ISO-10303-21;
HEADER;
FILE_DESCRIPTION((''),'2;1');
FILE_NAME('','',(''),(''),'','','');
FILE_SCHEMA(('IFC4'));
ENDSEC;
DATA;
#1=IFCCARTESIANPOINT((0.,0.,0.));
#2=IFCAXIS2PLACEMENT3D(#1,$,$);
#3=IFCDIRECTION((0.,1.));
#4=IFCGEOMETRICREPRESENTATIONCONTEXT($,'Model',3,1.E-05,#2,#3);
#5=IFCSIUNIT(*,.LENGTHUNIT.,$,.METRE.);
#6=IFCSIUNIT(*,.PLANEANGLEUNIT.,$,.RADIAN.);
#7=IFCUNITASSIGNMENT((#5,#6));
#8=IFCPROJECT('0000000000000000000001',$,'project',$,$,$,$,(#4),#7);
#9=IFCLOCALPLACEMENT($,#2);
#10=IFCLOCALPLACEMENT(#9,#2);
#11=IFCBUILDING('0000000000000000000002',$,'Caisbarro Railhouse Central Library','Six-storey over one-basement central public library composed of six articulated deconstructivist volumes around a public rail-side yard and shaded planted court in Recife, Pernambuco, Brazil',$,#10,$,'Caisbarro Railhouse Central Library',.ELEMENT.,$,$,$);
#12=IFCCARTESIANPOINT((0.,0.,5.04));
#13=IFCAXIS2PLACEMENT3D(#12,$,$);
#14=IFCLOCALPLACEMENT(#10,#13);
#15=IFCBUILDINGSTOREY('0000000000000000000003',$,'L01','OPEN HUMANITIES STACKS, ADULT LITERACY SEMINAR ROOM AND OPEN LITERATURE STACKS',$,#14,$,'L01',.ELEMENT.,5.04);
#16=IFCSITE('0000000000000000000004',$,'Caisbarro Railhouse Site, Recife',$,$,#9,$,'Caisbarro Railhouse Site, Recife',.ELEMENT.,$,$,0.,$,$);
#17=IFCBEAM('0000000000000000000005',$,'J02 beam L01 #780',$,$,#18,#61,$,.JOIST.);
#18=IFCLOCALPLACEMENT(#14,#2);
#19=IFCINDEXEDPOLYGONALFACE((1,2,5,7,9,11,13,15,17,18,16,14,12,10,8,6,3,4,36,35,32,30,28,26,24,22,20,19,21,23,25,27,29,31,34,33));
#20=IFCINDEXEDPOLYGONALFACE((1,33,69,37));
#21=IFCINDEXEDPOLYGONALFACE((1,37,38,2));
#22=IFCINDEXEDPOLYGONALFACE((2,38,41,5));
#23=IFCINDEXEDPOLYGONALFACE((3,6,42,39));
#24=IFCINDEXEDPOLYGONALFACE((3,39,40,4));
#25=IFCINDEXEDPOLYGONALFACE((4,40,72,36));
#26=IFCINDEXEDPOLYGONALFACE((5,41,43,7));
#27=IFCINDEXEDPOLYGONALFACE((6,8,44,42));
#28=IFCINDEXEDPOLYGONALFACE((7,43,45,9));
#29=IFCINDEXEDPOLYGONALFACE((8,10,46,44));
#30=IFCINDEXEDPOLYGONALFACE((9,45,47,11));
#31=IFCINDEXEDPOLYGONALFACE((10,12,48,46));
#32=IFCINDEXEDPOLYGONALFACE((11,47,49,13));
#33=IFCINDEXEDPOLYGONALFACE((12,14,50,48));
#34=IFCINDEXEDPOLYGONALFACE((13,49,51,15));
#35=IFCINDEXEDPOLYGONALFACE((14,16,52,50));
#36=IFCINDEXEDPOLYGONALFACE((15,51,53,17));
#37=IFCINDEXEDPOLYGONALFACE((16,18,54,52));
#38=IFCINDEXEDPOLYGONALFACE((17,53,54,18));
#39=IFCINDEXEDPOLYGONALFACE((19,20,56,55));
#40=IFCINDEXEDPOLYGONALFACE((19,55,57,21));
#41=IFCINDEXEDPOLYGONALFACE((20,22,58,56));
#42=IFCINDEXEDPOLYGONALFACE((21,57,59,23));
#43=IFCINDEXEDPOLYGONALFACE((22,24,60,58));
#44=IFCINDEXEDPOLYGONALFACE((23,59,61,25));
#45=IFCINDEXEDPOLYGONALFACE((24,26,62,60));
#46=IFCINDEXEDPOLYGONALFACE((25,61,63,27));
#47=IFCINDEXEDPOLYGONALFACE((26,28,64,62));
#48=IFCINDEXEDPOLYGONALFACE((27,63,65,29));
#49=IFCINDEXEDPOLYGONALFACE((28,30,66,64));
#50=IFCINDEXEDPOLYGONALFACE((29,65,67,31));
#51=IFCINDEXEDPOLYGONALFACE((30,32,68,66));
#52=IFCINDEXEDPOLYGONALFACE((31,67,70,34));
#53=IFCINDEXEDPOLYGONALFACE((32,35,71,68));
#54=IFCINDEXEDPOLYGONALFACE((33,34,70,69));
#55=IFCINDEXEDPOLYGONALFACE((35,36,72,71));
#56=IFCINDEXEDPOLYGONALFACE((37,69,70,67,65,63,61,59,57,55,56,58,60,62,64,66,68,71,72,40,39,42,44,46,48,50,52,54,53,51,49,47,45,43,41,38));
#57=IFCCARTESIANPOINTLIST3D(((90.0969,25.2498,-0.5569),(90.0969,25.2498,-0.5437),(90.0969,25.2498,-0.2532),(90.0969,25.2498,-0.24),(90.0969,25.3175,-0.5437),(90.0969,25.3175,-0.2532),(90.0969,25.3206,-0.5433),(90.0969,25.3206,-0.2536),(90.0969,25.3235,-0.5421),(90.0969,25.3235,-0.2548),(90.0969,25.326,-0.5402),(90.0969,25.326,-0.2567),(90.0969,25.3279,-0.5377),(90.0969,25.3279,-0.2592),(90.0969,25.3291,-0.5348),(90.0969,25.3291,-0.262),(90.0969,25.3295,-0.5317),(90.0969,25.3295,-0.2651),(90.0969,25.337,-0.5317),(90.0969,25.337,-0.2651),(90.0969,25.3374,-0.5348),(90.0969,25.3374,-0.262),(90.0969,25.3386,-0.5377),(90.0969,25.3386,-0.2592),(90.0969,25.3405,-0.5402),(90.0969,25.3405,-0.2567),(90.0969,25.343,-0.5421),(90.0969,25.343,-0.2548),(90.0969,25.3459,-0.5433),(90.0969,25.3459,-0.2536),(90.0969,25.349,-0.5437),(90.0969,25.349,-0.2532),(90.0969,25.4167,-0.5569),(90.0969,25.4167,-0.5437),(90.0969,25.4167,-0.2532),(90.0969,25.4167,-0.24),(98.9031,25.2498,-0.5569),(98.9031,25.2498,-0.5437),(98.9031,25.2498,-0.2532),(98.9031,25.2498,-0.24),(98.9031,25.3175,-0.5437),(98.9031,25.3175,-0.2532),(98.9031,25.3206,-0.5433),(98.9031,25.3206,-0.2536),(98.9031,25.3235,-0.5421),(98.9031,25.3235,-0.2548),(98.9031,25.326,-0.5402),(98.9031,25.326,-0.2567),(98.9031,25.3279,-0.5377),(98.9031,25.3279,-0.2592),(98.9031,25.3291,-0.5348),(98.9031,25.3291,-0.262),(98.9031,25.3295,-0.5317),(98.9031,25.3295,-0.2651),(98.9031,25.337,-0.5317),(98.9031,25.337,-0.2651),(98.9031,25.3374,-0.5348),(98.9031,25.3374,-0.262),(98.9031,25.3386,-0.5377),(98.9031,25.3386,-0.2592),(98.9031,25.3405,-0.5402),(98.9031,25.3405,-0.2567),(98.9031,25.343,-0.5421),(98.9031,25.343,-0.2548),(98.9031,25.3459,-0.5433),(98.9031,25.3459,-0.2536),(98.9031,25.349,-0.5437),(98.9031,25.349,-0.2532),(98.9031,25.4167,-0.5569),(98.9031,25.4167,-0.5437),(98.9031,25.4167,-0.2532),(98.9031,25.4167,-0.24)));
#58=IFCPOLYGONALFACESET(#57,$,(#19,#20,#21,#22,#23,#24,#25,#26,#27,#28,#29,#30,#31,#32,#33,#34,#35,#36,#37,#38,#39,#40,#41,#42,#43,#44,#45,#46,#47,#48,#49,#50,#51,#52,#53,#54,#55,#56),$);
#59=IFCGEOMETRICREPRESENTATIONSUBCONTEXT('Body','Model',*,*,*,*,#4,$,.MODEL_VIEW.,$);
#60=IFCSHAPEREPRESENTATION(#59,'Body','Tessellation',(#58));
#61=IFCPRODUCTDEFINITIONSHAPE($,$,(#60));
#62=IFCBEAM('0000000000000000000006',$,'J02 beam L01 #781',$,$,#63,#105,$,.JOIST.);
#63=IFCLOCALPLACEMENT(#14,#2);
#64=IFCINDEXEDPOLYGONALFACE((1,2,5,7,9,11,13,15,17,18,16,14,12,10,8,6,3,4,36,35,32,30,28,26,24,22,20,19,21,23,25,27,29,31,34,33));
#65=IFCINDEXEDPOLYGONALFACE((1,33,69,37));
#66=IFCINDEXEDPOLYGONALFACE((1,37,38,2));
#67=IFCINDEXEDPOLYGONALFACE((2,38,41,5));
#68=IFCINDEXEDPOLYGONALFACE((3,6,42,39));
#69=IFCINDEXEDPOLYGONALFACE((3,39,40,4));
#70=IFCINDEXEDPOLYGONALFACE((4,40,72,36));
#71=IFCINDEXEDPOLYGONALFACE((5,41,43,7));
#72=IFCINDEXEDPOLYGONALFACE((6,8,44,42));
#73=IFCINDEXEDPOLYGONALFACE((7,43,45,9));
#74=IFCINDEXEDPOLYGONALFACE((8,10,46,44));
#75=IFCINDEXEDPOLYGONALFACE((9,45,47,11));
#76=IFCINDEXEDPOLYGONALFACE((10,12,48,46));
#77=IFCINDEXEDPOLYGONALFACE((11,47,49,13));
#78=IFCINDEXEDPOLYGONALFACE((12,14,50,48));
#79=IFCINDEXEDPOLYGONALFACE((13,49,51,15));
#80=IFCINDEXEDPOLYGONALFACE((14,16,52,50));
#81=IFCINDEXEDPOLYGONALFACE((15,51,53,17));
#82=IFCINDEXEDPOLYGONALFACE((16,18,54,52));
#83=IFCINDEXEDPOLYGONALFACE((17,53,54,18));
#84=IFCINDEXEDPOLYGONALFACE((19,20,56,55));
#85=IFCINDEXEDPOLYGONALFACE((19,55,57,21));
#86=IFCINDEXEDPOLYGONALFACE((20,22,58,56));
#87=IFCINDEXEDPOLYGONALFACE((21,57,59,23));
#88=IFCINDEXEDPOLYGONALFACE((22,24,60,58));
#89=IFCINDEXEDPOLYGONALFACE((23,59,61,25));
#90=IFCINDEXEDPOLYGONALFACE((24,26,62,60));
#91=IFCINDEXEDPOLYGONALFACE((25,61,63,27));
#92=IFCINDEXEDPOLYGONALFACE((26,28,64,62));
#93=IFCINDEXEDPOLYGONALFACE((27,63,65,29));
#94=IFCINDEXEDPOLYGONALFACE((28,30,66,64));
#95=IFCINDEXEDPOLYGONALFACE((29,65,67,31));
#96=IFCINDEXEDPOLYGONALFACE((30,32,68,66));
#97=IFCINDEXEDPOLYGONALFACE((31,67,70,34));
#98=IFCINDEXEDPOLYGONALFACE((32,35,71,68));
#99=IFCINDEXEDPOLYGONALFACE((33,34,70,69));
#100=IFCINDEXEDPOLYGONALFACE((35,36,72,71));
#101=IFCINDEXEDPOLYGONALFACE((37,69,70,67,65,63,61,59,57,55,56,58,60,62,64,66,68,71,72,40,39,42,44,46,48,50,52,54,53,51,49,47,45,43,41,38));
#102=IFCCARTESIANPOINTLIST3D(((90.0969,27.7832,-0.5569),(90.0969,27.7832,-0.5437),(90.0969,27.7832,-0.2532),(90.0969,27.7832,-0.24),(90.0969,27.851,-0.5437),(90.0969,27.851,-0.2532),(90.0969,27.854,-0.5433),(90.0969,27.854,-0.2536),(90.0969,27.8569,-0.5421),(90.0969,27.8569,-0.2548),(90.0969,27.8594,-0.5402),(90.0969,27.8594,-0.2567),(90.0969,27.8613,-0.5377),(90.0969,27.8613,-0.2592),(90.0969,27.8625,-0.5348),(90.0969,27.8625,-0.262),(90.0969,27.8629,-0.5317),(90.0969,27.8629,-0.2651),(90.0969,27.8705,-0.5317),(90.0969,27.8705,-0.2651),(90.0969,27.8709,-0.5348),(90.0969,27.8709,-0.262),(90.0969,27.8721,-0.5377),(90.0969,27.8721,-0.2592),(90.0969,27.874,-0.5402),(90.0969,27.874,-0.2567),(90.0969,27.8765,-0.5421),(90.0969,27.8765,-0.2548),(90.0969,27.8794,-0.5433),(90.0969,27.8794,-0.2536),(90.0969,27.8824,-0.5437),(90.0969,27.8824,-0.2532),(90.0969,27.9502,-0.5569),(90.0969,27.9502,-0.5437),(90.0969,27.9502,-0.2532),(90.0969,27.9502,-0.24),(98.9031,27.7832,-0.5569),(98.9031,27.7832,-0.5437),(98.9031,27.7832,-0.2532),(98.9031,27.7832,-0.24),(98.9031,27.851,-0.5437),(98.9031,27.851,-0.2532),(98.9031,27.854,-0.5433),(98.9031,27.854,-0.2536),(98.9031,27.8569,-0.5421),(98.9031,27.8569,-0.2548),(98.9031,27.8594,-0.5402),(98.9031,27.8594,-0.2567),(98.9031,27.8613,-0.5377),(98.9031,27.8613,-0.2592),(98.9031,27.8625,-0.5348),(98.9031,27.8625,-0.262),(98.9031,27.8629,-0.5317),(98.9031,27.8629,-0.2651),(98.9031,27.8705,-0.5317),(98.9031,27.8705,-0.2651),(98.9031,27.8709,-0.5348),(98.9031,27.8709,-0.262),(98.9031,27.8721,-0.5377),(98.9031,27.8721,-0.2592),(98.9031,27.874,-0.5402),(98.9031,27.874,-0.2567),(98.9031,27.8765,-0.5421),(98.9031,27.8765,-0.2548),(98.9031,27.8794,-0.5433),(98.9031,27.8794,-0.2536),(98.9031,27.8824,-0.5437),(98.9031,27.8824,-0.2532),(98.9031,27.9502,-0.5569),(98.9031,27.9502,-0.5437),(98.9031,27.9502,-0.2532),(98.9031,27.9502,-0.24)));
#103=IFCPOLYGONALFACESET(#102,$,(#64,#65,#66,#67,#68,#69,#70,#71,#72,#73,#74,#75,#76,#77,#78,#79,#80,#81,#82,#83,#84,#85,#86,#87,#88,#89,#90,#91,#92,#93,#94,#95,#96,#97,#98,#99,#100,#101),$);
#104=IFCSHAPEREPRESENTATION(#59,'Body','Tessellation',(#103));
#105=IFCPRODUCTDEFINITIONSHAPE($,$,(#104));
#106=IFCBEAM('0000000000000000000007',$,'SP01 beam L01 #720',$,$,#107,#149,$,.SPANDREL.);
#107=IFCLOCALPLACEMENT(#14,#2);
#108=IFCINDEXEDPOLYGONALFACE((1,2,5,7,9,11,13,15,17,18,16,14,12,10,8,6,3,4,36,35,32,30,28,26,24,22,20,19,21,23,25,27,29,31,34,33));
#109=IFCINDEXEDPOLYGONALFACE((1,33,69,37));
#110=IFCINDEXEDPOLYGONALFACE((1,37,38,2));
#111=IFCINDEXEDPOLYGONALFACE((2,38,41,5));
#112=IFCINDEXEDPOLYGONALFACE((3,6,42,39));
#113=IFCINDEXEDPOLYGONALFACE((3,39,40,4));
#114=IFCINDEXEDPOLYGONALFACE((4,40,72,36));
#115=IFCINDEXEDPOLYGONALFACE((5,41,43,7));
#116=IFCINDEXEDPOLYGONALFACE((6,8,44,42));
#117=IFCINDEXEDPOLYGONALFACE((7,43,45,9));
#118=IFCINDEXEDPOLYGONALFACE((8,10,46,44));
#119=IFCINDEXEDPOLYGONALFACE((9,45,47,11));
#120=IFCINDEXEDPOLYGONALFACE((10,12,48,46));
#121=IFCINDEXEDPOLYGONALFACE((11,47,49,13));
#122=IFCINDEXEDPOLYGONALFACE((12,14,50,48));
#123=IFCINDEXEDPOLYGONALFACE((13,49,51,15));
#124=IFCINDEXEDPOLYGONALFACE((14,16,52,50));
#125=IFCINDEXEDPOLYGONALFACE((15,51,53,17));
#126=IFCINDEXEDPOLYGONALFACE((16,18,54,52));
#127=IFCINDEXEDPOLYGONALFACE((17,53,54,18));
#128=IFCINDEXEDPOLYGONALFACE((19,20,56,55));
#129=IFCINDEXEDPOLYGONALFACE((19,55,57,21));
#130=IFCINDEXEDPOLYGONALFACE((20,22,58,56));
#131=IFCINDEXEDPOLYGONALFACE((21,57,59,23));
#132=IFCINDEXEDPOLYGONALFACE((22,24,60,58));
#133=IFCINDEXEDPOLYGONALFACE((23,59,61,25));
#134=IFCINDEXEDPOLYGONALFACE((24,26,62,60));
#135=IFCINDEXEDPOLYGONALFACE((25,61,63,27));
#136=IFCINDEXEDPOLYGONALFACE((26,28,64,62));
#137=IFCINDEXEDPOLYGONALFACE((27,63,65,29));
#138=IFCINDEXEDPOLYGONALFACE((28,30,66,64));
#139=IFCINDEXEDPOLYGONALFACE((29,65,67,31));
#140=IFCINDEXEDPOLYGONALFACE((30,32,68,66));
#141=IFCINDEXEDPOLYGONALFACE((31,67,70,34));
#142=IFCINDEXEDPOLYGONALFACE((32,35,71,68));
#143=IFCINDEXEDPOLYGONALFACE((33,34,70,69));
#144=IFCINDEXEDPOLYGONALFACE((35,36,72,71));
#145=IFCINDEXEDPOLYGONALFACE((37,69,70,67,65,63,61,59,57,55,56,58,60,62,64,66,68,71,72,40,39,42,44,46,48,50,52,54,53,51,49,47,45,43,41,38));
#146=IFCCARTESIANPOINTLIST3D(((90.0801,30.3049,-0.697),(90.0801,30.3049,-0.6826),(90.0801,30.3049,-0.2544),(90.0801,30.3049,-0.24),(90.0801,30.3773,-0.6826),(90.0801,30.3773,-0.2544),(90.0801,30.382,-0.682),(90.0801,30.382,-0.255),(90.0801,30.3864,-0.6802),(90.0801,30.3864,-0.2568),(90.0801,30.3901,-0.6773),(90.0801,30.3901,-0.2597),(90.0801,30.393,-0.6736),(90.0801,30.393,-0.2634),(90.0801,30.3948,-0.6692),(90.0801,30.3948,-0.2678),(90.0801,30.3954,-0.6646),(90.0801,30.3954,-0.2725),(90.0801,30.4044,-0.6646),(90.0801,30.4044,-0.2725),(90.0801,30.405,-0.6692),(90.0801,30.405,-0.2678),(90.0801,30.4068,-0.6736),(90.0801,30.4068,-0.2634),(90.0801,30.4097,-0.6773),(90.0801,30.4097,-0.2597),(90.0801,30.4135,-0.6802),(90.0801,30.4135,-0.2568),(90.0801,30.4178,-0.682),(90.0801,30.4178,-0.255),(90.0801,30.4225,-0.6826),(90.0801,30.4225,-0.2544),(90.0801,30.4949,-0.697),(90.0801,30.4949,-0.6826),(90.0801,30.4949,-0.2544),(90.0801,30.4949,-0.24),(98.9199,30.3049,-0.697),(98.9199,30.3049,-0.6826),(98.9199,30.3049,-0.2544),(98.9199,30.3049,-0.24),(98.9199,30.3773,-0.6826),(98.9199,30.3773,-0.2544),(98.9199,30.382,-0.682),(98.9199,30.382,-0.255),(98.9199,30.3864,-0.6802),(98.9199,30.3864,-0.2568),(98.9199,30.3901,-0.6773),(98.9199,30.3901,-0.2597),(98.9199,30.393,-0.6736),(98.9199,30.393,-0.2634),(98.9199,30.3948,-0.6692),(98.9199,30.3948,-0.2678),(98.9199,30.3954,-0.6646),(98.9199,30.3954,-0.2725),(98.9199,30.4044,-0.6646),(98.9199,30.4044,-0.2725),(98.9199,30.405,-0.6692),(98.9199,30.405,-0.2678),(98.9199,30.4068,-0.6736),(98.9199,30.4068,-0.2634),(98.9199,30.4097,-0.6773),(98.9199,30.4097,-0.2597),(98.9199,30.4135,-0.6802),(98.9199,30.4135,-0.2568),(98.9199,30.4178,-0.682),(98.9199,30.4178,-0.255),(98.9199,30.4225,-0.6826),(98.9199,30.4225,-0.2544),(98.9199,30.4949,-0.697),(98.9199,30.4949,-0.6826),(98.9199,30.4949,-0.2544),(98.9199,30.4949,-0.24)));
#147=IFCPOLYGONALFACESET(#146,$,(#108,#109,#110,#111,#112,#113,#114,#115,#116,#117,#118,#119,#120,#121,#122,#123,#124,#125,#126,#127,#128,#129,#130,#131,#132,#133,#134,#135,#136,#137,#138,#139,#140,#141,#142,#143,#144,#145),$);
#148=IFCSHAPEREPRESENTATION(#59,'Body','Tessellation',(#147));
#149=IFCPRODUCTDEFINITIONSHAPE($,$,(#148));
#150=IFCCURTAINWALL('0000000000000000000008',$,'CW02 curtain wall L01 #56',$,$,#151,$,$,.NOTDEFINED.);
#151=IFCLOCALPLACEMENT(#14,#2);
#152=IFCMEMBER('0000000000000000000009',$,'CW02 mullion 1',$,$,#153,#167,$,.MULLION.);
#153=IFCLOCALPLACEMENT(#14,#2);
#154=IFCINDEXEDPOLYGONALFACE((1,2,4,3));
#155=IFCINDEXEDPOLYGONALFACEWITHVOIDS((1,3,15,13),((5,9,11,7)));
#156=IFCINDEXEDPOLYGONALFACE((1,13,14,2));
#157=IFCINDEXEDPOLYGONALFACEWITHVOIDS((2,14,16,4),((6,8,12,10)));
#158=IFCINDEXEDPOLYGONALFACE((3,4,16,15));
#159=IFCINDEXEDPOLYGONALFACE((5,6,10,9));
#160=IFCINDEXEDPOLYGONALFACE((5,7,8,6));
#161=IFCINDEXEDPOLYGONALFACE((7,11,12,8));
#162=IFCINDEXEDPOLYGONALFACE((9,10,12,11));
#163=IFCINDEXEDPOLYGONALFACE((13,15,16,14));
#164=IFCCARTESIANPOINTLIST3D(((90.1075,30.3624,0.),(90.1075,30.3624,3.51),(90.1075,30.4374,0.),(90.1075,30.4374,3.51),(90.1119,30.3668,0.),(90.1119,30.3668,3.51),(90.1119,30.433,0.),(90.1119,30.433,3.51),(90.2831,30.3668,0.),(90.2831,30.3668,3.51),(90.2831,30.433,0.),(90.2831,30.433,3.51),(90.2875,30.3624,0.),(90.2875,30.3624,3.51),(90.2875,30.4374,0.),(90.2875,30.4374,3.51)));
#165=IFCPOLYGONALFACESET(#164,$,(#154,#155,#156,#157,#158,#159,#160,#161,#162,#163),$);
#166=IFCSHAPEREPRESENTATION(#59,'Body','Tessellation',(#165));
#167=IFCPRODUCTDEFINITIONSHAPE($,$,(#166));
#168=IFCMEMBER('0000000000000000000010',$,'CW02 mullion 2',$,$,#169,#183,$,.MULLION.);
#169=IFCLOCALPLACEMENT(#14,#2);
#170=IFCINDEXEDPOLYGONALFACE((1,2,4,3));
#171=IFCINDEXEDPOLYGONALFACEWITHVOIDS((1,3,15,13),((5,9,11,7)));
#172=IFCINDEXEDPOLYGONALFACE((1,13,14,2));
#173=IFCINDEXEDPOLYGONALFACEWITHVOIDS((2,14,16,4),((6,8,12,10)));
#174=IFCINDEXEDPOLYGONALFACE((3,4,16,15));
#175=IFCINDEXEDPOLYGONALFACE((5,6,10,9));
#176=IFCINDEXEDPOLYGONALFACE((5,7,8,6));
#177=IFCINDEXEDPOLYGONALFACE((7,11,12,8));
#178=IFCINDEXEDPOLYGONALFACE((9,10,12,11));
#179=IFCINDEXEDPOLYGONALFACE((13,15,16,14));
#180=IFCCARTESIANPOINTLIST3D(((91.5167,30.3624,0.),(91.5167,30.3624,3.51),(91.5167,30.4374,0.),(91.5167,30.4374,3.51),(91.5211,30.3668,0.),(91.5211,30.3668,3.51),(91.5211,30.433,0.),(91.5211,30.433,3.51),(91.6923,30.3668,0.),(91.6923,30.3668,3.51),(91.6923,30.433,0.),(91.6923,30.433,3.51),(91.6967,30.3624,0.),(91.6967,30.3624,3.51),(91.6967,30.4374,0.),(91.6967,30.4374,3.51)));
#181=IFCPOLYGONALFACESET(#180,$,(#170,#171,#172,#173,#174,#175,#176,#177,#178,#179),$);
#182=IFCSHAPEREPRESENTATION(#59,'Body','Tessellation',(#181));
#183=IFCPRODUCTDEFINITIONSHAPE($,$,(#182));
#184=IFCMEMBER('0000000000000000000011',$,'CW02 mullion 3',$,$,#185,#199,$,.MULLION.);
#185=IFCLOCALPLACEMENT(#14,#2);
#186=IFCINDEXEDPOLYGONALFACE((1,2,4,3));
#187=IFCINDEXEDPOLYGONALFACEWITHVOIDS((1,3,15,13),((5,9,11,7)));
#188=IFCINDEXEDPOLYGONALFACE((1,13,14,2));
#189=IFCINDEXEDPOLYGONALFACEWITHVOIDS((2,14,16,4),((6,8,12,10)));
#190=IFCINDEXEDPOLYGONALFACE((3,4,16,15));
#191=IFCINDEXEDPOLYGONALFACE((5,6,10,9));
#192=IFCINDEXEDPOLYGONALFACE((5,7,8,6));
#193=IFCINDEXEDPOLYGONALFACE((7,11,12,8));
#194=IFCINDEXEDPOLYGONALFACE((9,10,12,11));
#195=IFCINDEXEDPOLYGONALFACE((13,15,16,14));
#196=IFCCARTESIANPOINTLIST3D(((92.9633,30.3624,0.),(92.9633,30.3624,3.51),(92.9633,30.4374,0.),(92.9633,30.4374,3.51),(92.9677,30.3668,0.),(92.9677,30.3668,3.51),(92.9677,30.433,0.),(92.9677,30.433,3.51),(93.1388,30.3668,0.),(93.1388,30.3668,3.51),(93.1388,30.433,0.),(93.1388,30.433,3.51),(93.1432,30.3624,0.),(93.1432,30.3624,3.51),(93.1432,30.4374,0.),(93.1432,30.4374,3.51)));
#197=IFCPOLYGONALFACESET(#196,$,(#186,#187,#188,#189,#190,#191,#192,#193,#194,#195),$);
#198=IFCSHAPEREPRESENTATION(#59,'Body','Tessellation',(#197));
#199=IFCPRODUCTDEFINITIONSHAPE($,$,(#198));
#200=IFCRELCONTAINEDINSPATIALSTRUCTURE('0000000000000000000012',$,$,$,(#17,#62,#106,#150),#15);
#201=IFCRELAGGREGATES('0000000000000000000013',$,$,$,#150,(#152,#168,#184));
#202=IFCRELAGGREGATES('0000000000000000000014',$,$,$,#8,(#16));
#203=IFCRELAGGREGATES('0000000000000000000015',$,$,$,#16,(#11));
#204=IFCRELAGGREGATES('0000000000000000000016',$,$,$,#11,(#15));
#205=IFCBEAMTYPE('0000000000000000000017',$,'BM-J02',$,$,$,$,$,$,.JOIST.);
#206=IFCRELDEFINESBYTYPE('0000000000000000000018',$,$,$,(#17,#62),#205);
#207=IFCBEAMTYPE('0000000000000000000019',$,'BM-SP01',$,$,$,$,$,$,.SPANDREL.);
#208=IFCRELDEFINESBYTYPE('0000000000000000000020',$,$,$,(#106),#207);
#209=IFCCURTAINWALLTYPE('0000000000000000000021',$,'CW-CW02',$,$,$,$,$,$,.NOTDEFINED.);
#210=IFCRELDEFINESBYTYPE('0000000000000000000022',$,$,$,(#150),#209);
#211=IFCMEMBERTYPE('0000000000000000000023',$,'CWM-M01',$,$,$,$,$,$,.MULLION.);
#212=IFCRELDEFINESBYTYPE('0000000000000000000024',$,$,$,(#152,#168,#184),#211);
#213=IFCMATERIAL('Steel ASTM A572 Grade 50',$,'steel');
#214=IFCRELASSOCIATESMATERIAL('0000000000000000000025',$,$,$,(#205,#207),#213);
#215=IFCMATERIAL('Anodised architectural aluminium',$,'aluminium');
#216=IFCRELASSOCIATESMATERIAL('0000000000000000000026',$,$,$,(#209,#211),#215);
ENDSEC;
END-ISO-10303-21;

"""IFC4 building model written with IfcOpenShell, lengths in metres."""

from ifc_helpers import new_model, si_unit, direction, frame, origin, origin_2d, place, context, subcontext, project, spatial, hollow_rectangle, i_section, extrude, material, material_profile, profile_set, type_object, element, aggregate, save


model = new_model("IFC4")

# Units and contexts
model_context = context("Model", 3, precision=1e-05, world=origin(), true_north=direction((0.0, 1.0)))
body_context = subcontext(model_context, "Body", "Model", "MODEL_VIEW")
ifc_project = project(units=[si_unit("LENGTHUNIT", "METRE"), si_unit("PLANEANGLEUNIT", "RADIAN")], contexts=[model_context])

# Site, building, storey
site_placement = place(None, origin())
site = spatial("IfcSite", under=ifc_project, at=site_placement, Name="Caisbarro Railhouse Site, Recife", LongName="Caisbarro Railhouse Site, Recife", CompositionType="ELEMENT", RefElevation=0.0)
building_placement = place(site_placement, origin())
building = spatial("IfcBuilding", under=site, at=building_placement, Name="Caisbarro Railhouse Central Library", Description="Six-storey over one-basement central public library composed of six articulated deconstructivist volumes around a public rail-side yard and shaded planted court in Recife, Pernambuco, Brazil", LongName="Caisbarro Railhouse Central Library", CompositionType="ELEMENT")
storey_placement = place(building_placement, frame((0.0, 0.0, 5.04)))
storey = spatial("IfcBuildingStorey", under=building, at=storey_placement, Name="L01", Description="OPEN HUMANITIES STACKS, ADULT LITERACY SEMINAR ROOM AND OPEN LITERATURE STACKS", LongName="L01", CompositionType="ELEMENT", Elevation=5.04)

# Shared definitions
ifc_material_1 = material(Name="Steel ASTM A572 Grade 50", Category="steel")

# Beams
ifc_material_profile_1 = material_profile(ifc_material_1, i_section(OverallWidth=0.167, OverallDepth=0.3169, WebThickness=0.0076, FlangeThickness=0.0132, FilletRadius=0.012, at=origin_2d()), Name="W310X52.0")
ifc_profile_set_1 = profile_set([ifc_material_profile_1], Name="Steel ASTM A572 Grade 50")
beam_type_1 = type_object("IfcBeamType", Name="BM-J02", PredefinedType="JOIST", material=ifc_profile_set_1)
for number, where, z_axis, x_axis, name in (
    (1, (90.0969, 25.3333, -0.3984), (1.0, 0.0, 0.0), (0.0, 1.0, 0.0), "J02 beam L01 #780"),
    (2, (90.0969, 27.8667, -0.3984), (1.0, 0.0, 0.0), (0.0, 1.0, 0.0), "J02 beam L01 #781"),
):
    element("IfcBeam", number, at=place(storey_placement, frame(where, z_axis=z_axis, x_axis=x_axis)), inside=storey, type_object=beam_type_1, Name=name, PredefinedType="JOIST", context=body_context, shape_type="SweptSolid", body=[
        extrude(i_section(OverallWidth=0.167, OverallDepth=0.3169, WebThickness=0.0076, FlangeThickness=0.0132, FilletRadius=0.012, at=origin_2d()), origin(), (0.0, 0.0, 1.0), 8.8062),
    ])
ifc_material_profile_2 = material_profile(ifc_material_1, i_section(OverallWidth=0.1899, OverallDepth=0.457, WebThickness=0.009, FlangeThickness=0.0144, FilletRadius=0.0181, at=origin_2d()), Name="W460X74.0")
ifc_profile_set_2 = profile_set([ifc_material_profile_2], Name="Steel ASTM A572 Grade 50")
beam_type_2 = type_object("IfcBeamType", Name="BM-SP01", PredefinedType="SPANDREL", material=ifc_profile_set_2)
beam_1_placement = place(storey_placement, frame((90.0801, 30.3999, -0.4685), z_axis=(1.0, 0.0, 0.0), x_axis=(0.0, 1.0, 0.0)))
element("IfcBeam", 3, at=beam_1_placement, inside=storey, type_object=beam_type_2, Name="SP01 beam L01 #720", PredefinedType="SPANDREL", context=body_context, shape_type="SweptSolid", body=[
    extrude(i_section(OverallWidth=0.1899, OverallDepth=0.457, WebThickness=0.009, FlangeThickness=0.0144, FilletRadius=0.0181, at=origin_2d()), origin(), (0.0, 0.0, 1.0), 8.8398),
])

# Curtain wall, members
ifc_material_2 = material(Name="Anodised architectural aluminium", Category="aluminium")
curtain_wall_type = type_object("IfcCurtainWallType", Name="CW-CW02", PredefinedType="NOTDEFINED", material=ifc_material_2)
curtain_wall_1_placement = place(storey_placement, origin())
curtain_wall_1 = element("IfcCurtainWall", 4, at=curtain_wall_1_placement, inside=storey, type_object=curtain_wall_type, Name="CW02 curtain wall L01 #56", PredefinedType="NOTDEFINED")
ifc_material_profile_3 = material_profile(ifc_material_2, hollow_rectangle(XDim=0.075, YDim=0.1799, WallThickness=0.0044, at=origin_2d()), Name="ALU-MUL-75X180")
ifc_profile_set_3 = profile_set([ifc_material_profile_3], Name="Anodised architectural aluminium")
member_type_1 = type_object("IfcMemberType", Name="CWM-M01", PredefinedType="MULLION", material=ifc_profile_set_3)
member_1_placement = place(storey_placement, frame((90.1975, 30.3999, 0.0), z_axis=(0.0, 0.0, 1.0), x_axis=(0.0, 1.0, 0.0)))
member_1 = element("IfcMember", 5, at=member_1_placement, type_object=member_type_1, Name="CW02 mullion 1", PredefinedType="MULLION", context=body_context, shape_type="SweptSolid", body=[
    extrude(hollow_rectangle(XDim=0.075, YDim=0.1799, WallThickness=0.0044, at=origin_2d()), origin(), (0.0, 0.0, 1.0), 3.51),
])
member_2_placement = place(storey_placement, frame((91.6067, 30.3999, 0.0), z_axis=(0.0, 0.0, 1.0), x_axis=(0.0, 1.0, 0.0)))
member_2 = element("IfcMember", 6, at=member_2_placement, type_object=member_type_1, Name="CW02 mullion 2", PredefinedType="MULLION", context=body_context, shape_type="SweptSolid", body=[
    extrude(hollow_rectangle(XDim=0.075, YDim=0.1799, WallThickness=0.0044, at=origin_2d()), origin(), (0.0, 0.0, 1.0), 3.51),
])
member_3_placement = place(storey_placement, frame((93.0532, 30.3999, 0.0), z_axis=(0.0, 0.0, 1.0), x_axis=(0.0, 1.0, 0.0)))
member_3 = element("IfcMember", 7, at=member_3_placement, type_object=member_type_1, Name="CW02 mullion 3", PredefinedType="MULLION", context=body_context, shape_type="SweptSolid", body=[
    extrude(hollow_rectangle(XDim=0.075, YDim=0.1799, WallThickness=0.0044, at=origin_2d()), origin(), (0.0, 0.0, 1.0), 3.51),
])

aggregate(curtain_wall_1, [member_1, member_2, member_3])

save(model, "model.ifc")
